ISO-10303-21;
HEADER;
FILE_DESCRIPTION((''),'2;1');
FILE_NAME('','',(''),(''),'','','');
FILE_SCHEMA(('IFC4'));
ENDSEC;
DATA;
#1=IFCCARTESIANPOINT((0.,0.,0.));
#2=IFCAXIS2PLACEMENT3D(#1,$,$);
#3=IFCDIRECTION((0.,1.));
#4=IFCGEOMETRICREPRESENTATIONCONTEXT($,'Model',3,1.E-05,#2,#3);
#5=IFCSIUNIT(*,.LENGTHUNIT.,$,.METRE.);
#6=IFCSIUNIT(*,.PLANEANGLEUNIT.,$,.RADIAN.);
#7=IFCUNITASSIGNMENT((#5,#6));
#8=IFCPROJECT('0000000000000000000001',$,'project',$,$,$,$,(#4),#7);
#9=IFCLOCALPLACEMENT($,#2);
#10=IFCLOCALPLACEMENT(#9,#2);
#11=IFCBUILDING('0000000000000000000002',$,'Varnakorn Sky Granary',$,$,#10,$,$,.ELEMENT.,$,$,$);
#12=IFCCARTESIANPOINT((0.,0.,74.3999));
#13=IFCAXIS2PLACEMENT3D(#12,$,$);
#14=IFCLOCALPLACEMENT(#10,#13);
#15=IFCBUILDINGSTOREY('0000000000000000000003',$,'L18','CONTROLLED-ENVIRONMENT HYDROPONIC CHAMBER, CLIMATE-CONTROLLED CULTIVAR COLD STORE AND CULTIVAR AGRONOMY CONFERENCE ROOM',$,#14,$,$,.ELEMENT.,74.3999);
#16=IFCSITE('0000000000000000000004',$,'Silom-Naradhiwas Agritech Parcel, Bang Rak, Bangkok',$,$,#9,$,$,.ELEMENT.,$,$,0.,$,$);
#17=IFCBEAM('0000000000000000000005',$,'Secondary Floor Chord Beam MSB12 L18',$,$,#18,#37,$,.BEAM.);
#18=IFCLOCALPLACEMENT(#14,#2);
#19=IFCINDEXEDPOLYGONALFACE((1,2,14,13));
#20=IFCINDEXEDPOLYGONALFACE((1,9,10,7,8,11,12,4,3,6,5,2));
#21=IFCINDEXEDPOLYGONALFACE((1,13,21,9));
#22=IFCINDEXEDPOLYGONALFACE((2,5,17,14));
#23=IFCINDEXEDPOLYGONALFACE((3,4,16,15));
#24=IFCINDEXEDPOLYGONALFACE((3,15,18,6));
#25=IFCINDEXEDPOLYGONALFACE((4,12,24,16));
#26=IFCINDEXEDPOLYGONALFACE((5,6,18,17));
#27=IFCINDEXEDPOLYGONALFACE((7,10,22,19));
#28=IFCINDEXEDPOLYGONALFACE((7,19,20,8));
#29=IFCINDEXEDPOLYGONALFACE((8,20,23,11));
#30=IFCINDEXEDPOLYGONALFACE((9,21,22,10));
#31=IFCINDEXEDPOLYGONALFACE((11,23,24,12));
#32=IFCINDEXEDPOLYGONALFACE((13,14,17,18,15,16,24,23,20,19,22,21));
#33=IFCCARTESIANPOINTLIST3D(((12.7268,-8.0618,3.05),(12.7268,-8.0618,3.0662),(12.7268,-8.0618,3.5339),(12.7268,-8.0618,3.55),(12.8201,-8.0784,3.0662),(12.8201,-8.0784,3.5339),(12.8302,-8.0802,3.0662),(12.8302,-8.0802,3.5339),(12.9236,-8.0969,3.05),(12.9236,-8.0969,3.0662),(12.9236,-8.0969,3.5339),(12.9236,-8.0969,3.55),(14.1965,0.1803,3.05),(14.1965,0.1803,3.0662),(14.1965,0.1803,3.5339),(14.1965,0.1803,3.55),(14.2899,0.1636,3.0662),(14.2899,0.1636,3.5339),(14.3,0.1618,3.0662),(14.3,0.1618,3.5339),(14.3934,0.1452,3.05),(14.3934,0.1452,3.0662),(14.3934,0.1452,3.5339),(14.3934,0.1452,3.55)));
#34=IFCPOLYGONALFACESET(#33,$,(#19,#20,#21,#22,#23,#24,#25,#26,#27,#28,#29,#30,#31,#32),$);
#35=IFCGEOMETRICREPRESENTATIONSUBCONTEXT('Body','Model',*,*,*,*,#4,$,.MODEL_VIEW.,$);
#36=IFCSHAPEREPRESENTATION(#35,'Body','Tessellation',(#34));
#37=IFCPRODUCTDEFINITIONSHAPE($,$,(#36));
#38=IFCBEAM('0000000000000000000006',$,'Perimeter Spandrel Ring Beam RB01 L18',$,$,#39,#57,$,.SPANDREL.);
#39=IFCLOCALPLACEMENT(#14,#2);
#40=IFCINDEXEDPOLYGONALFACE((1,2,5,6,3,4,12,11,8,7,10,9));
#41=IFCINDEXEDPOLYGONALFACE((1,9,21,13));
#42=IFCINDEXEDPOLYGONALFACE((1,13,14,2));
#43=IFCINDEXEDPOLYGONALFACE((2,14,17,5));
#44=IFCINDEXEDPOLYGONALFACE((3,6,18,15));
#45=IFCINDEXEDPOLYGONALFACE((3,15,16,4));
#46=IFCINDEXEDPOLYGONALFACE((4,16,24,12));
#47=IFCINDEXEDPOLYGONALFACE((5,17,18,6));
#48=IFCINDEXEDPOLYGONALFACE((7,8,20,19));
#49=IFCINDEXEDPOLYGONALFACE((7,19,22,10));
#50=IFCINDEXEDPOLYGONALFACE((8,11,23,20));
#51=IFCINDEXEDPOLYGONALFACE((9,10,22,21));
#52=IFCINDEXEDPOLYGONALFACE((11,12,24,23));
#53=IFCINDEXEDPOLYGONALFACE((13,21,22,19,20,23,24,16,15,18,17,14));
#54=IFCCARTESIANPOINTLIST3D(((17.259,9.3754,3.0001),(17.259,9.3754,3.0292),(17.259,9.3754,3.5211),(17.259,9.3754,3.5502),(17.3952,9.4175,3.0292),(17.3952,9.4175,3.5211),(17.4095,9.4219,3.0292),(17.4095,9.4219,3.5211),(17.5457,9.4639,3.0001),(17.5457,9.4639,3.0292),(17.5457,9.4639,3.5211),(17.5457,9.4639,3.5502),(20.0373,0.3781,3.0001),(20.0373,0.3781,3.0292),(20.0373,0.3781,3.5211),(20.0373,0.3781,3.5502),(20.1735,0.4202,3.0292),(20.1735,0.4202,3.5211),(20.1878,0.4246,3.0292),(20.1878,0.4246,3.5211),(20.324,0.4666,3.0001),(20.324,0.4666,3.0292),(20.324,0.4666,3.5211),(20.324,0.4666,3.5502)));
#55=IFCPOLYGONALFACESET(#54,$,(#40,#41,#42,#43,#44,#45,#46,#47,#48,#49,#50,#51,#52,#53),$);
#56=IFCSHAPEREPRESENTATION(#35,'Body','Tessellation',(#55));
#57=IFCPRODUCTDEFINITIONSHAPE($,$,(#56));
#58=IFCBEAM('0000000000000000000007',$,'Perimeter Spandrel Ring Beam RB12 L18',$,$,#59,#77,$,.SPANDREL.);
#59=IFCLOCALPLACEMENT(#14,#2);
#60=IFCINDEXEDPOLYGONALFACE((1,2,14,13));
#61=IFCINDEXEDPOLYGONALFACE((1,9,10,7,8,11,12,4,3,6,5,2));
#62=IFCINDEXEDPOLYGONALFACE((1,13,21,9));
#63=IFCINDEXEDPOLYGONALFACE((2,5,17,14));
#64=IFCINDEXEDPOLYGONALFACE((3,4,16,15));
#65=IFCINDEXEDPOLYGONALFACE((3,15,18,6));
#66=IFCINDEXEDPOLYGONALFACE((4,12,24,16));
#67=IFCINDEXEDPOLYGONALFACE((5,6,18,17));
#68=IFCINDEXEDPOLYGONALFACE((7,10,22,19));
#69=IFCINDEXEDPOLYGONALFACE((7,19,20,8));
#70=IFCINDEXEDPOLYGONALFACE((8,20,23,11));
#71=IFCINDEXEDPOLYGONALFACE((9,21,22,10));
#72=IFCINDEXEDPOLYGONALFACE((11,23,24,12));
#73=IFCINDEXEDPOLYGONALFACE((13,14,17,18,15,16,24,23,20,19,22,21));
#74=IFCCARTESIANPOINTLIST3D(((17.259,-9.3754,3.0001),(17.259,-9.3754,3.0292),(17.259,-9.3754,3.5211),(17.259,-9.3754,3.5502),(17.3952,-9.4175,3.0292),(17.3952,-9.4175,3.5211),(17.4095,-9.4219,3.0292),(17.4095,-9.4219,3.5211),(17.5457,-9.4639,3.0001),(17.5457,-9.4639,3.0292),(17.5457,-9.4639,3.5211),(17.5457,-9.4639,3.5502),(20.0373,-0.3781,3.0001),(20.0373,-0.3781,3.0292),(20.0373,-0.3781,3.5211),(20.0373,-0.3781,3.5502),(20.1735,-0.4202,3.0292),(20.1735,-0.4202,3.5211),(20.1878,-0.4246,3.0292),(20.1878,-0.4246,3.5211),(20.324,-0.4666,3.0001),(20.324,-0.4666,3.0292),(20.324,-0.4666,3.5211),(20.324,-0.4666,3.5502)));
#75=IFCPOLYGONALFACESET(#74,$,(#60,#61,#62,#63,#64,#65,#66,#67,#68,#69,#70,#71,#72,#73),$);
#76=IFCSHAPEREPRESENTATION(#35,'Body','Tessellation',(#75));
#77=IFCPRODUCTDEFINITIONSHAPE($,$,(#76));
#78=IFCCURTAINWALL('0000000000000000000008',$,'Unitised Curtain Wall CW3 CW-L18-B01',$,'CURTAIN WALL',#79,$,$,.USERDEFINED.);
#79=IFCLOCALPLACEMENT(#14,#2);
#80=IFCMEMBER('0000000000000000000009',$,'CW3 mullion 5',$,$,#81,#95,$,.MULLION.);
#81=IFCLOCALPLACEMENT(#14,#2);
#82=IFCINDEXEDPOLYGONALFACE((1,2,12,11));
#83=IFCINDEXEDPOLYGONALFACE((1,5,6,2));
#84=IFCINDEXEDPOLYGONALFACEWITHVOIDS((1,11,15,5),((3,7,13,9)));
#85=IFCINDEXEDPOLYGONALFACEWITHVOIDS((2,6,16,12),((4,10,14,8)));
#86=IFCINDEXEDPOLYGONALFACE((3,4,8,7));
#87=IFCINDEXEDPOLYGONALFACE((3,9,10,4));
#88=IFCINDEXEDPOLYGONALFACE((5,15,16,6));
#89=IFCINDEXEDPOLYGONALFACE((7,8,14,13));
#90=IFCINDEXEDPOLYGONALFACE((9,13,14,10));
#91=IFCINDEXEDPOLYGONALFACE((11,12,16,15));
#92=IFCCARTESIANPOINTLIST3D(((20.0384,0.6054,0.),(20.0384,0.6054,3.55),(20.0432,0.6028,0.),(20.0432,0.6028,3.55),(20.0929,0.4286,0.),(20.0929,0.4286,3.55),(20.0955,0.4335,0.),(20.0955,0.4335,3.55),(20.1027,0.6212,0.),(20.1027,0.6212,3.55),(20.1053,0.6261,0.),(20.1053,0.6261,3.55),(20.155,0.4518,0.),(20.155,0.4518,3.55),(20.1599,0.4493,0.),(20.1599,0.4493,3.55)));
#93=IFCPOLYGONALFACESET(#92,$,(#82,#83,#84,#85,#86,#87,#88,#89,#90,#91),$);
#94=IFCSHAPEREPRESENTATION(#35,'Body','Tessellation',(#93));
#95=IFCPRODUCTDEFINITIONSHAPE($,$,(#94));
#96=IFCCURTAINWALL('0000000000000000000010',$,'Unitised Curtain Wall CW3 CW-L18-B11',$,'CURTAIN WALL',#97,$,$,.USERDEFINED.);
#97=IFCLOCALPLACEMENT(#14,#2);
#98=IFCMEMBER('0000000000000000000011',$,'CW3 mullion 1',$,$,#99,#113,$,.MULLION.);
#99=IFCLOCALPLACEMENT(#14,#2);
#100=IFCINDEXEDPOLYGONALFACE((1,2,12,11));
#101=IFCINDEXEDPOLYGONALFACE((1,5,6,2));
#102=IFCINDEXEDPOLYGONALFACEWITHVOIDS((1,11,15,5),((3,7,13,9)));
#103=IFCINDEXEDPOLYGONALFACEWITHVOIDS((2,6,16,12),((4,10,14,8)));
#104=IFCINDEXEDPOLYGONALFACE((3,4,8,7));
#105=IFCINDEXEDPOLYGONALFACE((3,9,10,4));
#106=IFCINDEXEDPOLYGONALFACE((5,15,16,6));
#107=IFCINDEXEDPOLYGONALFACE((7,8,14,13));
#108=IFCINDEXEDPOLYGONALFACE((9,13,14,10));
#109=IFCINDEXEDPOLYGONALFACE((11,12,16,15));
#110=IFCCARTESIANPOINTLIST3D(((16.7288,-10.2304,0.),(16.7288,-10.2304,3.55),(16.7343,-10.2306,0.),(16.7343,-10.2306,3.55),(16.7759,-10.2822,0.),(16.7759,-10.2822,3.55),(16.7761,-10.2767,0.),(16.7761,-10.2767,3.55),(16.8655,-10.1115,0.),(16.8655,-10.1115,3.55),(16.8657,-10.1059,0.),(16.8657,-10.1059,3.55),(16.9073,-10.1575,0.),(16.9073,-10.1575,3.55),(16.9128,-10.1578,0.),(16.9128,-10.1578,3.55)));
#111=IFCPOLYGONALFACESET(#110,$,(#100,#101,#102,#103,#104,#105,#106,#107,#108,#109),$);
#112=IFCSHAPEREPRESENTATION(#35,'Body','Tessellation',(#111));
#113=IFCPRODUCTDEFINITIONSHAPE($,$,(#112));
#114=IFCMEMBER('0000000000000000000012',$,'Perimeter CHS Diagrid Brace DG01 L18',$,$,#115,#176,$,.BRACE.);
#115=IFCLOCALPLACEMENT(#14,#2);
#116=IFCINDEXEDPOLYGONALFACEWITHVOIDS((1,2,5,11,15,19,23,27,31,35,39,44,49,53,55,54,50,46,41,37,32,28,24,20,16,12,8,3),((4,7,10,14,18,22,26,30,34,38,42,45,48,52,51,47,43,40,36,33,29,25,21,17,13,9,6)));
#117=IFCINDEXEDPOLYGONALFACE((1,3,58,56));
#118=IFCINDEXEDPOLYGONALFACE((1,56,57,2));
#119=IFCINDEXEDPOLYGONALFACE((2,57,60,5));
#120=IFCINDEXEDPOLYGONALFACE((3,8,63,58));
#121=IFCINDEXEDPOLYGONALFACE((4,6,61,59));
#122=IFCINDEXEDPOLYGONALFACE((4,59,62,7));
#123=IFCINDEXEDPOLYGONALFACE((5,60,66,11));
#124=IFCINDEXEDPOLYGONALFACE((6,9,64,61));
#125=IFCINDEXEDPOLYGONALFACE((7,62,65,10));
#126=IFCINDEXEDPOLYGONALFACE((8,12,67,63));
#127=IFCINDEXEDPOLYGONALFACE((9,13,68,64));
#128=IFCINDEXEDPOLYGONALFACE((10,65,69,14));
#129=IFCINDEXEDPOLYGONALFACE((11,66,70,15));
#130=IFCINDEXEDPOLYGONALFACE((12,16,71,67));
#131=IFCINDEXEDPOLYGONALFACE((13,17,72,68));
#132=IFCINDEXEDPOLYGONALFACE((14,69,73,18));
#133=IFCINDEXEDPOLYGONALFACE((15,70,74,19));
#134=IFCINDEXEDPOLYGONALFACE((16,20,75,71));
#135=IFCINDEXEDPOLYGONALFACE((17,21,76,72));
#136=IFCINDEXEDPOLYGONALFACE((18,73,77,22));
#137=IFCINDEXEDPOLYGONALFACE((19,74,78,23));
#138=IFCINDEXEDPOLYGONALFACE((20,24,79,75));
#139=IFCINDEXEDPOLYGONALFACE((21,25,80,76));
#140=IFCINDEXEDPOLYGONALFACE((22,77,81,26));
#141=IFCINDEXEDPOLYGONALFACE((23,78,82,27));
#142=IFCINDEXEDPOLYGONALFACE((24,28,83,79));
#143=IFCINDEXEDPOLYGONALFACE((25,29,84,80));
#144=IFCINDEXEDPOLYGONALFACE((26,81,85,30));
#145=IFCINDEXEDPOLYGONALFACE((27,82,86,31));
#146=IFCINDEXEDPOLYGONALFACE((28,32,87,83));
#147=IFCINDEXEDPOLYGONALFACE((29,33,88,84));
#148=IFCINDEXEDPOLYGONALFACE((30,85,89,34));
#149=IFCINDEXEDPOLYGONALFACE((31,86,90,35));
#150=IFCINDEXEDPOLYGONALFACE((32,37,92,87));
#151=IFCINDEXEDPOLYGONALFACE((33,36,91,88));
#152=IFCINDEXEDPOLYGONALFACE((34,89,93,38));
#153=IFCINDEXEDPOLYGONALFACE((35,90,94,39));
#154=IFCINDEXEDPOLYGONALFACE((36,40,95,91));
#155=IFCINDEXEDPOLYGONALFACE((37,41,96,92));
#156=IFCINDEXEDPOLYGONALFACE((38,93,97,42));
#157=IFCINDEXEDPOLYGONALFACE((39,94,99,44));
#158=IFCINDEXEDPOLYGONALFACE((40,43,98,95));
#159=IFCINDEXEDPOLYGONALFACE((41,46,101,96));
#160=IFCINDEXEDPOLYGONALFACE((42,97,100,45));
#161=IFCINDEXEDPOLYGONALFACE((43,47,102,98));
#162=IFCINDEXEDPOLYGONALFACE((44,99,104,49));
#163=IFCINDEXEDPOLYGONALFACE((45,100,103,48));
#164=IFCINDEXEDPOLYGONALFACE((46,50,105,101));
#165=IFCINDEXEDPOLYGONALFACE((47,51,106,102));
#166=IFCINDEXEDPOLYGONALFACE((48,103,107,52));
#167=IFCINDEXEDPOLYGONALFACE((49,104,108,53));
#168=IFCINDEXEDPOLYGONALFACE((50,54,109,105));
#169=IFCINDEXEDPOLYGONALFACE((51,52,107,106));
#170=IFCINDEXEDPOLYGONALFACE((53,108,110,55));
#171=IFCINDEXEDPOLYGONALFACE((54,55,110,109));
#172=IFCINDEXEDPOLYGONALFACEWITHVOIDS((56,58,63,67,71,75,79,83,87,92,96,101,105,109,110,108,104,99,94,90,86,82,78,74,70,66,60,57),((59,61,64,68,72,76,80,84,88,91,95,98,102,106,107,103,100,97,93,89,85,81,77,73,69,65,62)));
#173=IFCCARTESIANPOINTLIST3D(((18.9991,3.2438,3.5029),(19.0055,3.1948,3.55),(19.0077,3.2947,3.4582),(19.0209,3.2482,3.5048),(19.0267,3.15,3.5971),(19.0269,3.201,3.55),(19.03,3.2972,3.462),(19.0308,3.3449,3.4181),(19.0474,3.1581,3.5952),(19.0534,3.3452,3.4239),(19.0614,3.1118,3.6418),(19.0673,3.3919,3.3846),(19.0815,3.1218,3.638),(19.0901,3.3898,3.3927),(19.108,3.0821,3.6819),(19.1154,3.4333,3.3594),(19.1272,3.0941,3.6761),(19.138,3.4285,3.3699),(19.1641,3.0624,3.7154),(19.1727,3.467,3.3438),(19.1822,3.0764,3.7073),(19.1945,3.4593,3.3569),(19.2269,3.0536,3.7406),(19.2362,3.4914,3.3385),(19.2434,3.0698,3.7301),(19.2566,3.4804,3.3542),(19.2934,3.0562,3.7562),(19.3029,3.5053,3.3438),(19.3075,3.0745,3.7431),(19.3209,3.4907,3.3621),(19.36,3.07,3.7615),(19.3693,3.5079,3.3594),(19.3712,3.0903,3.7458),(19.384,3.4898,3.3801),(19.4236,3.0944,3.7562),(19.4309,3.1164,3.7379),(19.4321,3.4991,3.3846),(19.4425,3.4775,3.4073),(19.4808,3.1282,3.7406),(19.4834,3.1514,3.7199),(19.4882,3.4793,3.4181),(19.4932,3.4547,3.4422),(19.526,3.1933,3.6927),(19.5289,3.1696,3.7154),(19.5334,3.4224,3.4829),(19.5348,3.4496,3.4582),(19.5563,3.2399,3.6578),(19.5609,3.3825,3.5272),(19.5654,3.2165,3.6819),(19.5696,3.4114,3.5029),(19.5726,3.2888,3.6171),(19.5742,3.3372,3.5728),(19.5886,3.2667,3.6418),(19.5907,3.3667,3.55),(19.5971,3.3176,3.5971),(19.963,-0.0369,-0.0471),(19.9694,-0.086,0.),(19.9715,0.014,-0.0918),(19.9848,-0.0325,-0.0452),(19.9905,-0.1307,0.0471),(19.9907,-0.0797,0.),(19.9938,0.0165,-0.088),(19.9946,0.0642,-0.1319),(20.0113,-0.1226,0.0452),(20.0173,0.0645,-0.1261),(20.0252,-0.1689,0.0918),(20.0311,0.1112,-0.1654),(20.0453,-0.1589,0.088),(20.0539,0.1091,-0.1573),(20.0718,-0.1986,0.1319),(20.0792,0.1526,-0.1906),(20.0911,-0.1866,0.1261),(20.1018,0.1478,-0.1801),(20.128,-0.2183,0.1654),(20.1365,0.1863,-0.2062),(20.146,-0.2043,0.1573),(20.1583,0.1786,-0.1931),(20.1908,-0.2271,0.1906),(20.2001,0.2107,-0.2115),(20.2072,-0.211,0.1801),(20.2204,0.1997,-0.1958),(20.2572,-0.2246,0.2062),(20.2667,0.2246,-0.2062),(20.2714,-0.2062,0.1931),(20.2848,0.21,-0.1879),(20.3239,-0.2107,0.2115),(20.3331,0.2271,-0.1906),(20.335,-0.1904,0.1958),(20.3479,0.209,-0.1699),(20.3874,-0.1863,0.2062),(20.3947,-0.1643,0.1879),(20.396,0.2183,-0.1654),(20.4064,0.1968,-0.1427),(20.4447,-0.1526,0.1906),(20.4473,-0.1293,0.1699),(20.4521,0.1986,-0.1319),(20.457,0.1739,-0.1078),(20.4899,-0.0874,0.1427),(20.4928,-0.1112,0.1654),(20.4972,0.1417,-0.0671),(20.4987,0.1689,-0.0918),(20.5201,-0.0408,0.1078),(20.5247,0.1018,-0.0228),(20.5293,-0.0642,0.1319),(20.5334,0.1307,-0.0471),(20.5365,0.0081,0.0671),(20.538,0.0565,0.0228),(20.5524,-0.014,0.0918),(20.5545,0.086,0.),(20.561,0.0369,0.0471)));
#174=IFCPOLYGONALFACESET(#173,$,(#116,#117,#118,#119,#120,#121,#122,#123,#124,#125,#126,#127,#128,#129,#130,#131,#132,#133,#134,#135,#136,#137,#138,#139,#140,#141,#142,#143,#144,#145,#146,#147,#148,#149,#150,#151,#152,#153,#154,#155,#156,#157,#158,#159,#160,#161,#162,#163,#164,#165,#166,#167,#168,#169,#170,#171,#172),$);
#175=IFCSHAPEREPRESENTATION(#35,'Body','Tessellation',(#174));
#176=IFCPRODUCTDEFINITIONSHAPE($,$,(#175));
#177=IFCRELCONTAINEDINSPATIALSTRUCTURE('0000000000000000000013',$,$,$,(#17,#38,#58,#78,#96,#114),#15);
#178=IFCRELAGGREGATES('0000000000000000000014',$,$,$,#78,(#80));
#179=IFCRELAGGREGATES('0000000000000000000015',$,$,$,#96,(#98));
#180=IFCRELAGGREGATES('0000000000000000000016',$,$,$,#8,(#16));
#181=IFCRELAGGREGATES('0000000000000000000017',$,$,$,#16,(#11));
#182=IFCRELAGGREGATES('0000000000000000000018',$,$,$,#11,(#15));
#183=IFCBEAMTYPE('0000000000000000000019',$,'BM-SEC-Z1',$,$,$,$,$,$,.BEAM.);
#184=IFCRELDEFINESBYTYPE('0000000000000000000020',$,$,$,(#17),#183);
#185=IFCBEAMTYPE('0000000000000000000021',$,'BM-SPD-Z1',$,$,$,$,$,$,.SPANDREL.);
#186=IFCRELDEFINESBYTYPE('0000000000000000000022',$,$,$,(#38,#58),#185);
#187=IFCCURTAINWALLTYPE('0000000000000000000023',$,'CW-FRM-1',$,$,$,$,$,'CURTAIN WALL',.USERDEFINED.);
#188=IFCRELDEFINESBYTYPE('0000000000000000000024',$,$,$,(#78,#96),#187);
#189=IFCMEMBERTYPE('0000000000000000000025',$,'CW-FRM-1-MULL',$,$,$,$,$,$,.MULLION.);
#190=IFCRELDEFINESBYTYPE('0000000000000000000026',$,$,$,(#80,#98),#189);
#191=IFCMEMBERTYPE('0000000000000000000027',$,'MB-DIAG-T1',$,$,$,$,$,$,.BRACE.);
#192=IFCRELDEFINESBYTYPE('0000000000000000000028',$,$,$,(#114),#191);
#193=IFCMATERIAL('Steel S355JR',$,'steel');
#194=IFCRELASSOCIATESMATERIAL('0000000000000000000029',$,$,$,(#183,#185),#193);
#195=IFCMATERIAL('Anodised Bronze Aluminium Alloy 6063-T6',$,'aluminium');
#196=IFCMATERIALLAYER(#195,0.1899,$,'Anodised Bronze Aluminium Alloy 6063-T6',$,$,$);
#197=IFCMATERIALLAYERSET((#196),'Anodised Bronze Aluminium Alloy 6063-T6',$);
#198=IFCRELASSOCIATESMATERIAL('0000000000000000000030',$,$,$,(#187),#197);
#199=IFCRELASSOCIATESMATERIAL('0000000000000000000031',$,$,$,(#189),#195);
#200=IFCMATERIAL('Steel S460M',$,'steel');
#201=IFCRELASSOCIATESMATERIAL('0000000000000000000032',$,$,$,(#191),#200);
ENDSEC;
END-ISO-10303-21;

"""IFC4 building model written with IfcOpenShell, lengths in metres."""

from ifc_helpers import new_model, si_unit, direction, frame, origin, origin_2d, place, context, subcontext, project, spatial, hollow_rectangle, hollow_circle, i_section, extrude, material, layer, layer_set, material_profile, profile_set, type_object, element, aggregate, save


model = new_model("IFC4")

# Units and contexts
model_context = context("Model", 3, precision=1e-05, world=origin(), true_north=direction((0.0, 1.0)))
body_context = subcontext(model_context, "Body", "Model", "MODEL_VIEW")
ifc_project = project(units=[si_unit("LENGTHUNIT", "METRE"), si_unit("PLANEANGLEUNIT", "RADIAN")], contexts=[model_context])

# Site, building, storey
site_placement = place(None, origin())
site = spatial("IfcSite", under=ifc_project, at=site_placement, Name="Silom-Naradhiwas Agritech Parcel, Bang Rak, Bangkok", CompositionType="ELEMENT", RefElevation=0.0)
building_placement = place(site_placement, origin())
building = spatial("IfcBuilding", under=site, at=building_placement, Name="Varnakorn Sky Granary", CompositionType="ELEMENT")
storey_placement = place(building_placement, frame((0.0, 0.0, 74.3999)))
storey = spatial("IfcBuildingStorey", under=building, at=storey_placement, Name="L18", Description="CONTROLLED-ENVIRONMENT HYDROPONIC CHAMBER, CLIMATE-CONTROLLED CULTIVAR COLD STORE AND CULTIVAR AGRONOMY CONFERENCE ROOM", CompositionType="ELEMENT", Elevation=74.3999)

# Shared definitions
ifc_material_1 = material(Name="Steel S460M", Category="steel")

# Beams
ifc_material_2 = material(Name="Steel S355JR", Category="steel")
ifc_material_profile_1 = material_profile(ifc_material_2, i_section(OverallWidth=0.2, OverallDepth=0.5, WebThickness=0.0103, FlangeThickness=0.0161, at=origin_2d()), Name="IPE 500")
ifc_profile_set_1 = profile_set([ifc_material_profile_1], Name="Steel S355JR")
beam_type_1 = type_object("IfcBeamType", Name="BM-SEC-Z1", PredefinedType="BEAM", material=ifc_profile_set_1)
beam_1_placement = place(storey_placement, frame((12.8252, -8.0793, 3.3), z_axis=(0.175553, 0.98447, 0.0), x_axis=(-0.98447, 0.175553, 0.0)))
element("IfcBeam", 1, at=beam_1_placement, inside=storey, type_object=beam_type_1, Name="Secondary Floor Chord Beam MSB12 L18", PredefinedType="BEAM", context=body_context, shape_type="SweptSolid", body=[
    extrude(i_section(OverallWidth=0.2, OverallDepth=0.5, WebThickness=0.0103, FlangeThickness=0.0161, at=origin_2d()), origin(), (0.0, 0.0, 1.0), 8.3721),
])
ifc_material_profile_2 = material_profile(ifc_material_2, i_section(OverallWidth=0.3, OverallDepth=0.55, WebThickness=0.0149, FlangeThickness=0.0291, at=origin_2d()), Name="HE 550 B")
ifc_profile_set_2 = profile_set([ifc_material_profile_2], Name="Steel S355JR")
beam_type_2 = type_object("IfcBeamType", Name="BM-SPD-Z1", PredefinedType="SPANDREL", material=ifc_profile_set_2)
for number, where, z_axis, x_axis, name in (
    (2, (20.1807, 0.4224, 3.2751), (-0.295048, 0.955483, 0.0), (-0.955483, -0.295048, 0.0), "Perimeter Spandrel Ring Beam RB01 L18"),
    (3, (17.4023, -9.4197, 3.2751), (0.295048, 0.955483, 0.0), (-0.955483, 0.295048, 0.0), "Perimeter Spandrel Ring Beam RB12 L18"),
):
    element("IfcBeam", number, at=place(storey_placement, frame(where, z_axis=z_axis, x_axis=x_axis)), inside=storey, type_object=beam_type_2, Name=name, PredefinedType="SPANDREL", context=body_context, shape_type="SweptSolid", body=[
        extrude(i_section(OverallWidth=0.3, OverallDepth=0.55, WebThickness=0.0149, FlangeThickness=0.0291, at=origin_2d()), origin(), (0.0, 0.0, 1.0), 9.4165),
    ])

# Curtain walls, members
ifc_material_3 = material(Name="Anodised Bronze Aluminium Alloy 6063-T6", Category="aluminium")
ifc_layer_1 = layer(ifc_material_3, 0.1899, Name="Anodised Bronze Aluminium Alloy 6063-T6")
ifc_layer_set_1 = layer_set([ifc_layer_1], Name="Anodised Bronze Aluminium Alloy 6063-T6")
curtain_wall_type = type_object("IfcCurtainWallType", Name="CW-FRM-1", ElementType="CURTAIN WALL", PredefinedType="USERDEFINED", material=ifc_layer_set_1)
curtain_wall_1_placement = place(storey_placement, origin())
curtain_wall_1 = element("IfcCurtainWall", 4, at=curtain_wall_1_placement, inside=storey, type_object=curtain_wall_type, Name="Unitised Curtain Wall CW3 CW-L18-B01", ObjectType="CURTAIN WALL", PredefinedType="USERDEFINED")
ifc_material_profile_3 = material_profile(ifc_material_3, hollow_rectangle(XDim=0.0701, YDim=0.1851, WallThickness=0.0039, at=origin_2d()), Name="ALU MULL 70x185")
ifc_profile_set_3 = profile_set([ifc_material_profile_3], Name="Anodised Bronze Aluminium Alloy 6063-T6")
member_type_1 = type_object("IfcMemberType", Name="CW-FRM-1-MULL", PredefinedType="MULLION", material=ifc_profile_set_3)
member_1_placement = place(storey_placement, frame((20.0991, 0.5273, 0.0), z_axis=(0.0, 0.0, 1.0), x_axis=(0.955504, 0.294979, 0.0)))
member_1 = element("IfcMember", 5, at=member_1_placement, type_object=member_type_1, Name="CW3 mullion 5", PredefinedType="MULLION", context=body_context, shape_type="SweptSolid", body=[
    extrude(hollow_rectangle(XDim=0.0701, YDim=0.1851, WallThickness=0.0039, at=origin_2d()), origin(), (0.0, 0.0, 1.0), 3.55),
])
aggregate(curtain_wall_1, [member_1])
curtain_wall_2_placement = place(storey_placement, origin())
curtain_wall_2 = element("IfcCurtainWall", 6, at=curtain_wall_2_placement, inside=storey, type_object=curtain_wall_type, Name="Unitised Curtain Wall CW3 CW-L18-B11", ObjectType="CURTAIN WALL", PredefinedType="USERDEFINED")
member_2_placement = place(storey_placement, frame((16.8208, -10.1941, 0.0), z_axis=(0.0, 0.0, 1.0), x_axis=(0.672398, -0.74019, 0.0)))
member_2 = element("IfcMember", 7, at=member_2_placement, type_object=member_type_1, Name="CW3 mullion 1", PredefinedType="MULLION", context=body_context, shape_type="SweptSolid", body=[
    extrude(hollow_rectangle(XDim=0.0701, YDim=0.1851, WallThickness=0.0039, at=origin_2d()), origin(), (0.0, 0.0, 1.0), 3.55),
])
aggregate(curtain_wall_2, [member_2])

# Member
ifc_material_profile_4 = material_profile(ifc_material_1, hollow_circle(Radius=0.3049, WallThickness=0.0222, at=origin_2d()), Name="CHS 610x22")
ifc_profile_set_4 = profile_set([ifc_material_profile_4], Name="Steel S460M")
member_type_2 = type_object("IfcMemberType", Name="MB-DIAG-T1", PredefinedType="BRACE", material=ifc_profile_set_4)
for number, where, z_axis, x_axis, name in (
    (8, (20.262, 0.0, 0.0), (-0.195549, 0.665601, 0.720234), (-0.95945, -0.28188, 0.0), "Perimeter CHS Diagrid Brace DG01 L18"),
):
    element("IfcMember", number, at=place(storey_placement, frame(where, z_axis=z_axis, x_axis=x_axis)), inside=storey, type_object=member_type_2, Name=name, PredefinedType="BRACE", context=body_context, shape_type="SweptSolid", body=[
        extrude(hollow_circle(Radius=0.3049, WallThickness=0.0222, at=origin_2d()), origin(), (0.0, 0.0, 1.0), 4.929),
    ])

save(model, "model.ifc")
